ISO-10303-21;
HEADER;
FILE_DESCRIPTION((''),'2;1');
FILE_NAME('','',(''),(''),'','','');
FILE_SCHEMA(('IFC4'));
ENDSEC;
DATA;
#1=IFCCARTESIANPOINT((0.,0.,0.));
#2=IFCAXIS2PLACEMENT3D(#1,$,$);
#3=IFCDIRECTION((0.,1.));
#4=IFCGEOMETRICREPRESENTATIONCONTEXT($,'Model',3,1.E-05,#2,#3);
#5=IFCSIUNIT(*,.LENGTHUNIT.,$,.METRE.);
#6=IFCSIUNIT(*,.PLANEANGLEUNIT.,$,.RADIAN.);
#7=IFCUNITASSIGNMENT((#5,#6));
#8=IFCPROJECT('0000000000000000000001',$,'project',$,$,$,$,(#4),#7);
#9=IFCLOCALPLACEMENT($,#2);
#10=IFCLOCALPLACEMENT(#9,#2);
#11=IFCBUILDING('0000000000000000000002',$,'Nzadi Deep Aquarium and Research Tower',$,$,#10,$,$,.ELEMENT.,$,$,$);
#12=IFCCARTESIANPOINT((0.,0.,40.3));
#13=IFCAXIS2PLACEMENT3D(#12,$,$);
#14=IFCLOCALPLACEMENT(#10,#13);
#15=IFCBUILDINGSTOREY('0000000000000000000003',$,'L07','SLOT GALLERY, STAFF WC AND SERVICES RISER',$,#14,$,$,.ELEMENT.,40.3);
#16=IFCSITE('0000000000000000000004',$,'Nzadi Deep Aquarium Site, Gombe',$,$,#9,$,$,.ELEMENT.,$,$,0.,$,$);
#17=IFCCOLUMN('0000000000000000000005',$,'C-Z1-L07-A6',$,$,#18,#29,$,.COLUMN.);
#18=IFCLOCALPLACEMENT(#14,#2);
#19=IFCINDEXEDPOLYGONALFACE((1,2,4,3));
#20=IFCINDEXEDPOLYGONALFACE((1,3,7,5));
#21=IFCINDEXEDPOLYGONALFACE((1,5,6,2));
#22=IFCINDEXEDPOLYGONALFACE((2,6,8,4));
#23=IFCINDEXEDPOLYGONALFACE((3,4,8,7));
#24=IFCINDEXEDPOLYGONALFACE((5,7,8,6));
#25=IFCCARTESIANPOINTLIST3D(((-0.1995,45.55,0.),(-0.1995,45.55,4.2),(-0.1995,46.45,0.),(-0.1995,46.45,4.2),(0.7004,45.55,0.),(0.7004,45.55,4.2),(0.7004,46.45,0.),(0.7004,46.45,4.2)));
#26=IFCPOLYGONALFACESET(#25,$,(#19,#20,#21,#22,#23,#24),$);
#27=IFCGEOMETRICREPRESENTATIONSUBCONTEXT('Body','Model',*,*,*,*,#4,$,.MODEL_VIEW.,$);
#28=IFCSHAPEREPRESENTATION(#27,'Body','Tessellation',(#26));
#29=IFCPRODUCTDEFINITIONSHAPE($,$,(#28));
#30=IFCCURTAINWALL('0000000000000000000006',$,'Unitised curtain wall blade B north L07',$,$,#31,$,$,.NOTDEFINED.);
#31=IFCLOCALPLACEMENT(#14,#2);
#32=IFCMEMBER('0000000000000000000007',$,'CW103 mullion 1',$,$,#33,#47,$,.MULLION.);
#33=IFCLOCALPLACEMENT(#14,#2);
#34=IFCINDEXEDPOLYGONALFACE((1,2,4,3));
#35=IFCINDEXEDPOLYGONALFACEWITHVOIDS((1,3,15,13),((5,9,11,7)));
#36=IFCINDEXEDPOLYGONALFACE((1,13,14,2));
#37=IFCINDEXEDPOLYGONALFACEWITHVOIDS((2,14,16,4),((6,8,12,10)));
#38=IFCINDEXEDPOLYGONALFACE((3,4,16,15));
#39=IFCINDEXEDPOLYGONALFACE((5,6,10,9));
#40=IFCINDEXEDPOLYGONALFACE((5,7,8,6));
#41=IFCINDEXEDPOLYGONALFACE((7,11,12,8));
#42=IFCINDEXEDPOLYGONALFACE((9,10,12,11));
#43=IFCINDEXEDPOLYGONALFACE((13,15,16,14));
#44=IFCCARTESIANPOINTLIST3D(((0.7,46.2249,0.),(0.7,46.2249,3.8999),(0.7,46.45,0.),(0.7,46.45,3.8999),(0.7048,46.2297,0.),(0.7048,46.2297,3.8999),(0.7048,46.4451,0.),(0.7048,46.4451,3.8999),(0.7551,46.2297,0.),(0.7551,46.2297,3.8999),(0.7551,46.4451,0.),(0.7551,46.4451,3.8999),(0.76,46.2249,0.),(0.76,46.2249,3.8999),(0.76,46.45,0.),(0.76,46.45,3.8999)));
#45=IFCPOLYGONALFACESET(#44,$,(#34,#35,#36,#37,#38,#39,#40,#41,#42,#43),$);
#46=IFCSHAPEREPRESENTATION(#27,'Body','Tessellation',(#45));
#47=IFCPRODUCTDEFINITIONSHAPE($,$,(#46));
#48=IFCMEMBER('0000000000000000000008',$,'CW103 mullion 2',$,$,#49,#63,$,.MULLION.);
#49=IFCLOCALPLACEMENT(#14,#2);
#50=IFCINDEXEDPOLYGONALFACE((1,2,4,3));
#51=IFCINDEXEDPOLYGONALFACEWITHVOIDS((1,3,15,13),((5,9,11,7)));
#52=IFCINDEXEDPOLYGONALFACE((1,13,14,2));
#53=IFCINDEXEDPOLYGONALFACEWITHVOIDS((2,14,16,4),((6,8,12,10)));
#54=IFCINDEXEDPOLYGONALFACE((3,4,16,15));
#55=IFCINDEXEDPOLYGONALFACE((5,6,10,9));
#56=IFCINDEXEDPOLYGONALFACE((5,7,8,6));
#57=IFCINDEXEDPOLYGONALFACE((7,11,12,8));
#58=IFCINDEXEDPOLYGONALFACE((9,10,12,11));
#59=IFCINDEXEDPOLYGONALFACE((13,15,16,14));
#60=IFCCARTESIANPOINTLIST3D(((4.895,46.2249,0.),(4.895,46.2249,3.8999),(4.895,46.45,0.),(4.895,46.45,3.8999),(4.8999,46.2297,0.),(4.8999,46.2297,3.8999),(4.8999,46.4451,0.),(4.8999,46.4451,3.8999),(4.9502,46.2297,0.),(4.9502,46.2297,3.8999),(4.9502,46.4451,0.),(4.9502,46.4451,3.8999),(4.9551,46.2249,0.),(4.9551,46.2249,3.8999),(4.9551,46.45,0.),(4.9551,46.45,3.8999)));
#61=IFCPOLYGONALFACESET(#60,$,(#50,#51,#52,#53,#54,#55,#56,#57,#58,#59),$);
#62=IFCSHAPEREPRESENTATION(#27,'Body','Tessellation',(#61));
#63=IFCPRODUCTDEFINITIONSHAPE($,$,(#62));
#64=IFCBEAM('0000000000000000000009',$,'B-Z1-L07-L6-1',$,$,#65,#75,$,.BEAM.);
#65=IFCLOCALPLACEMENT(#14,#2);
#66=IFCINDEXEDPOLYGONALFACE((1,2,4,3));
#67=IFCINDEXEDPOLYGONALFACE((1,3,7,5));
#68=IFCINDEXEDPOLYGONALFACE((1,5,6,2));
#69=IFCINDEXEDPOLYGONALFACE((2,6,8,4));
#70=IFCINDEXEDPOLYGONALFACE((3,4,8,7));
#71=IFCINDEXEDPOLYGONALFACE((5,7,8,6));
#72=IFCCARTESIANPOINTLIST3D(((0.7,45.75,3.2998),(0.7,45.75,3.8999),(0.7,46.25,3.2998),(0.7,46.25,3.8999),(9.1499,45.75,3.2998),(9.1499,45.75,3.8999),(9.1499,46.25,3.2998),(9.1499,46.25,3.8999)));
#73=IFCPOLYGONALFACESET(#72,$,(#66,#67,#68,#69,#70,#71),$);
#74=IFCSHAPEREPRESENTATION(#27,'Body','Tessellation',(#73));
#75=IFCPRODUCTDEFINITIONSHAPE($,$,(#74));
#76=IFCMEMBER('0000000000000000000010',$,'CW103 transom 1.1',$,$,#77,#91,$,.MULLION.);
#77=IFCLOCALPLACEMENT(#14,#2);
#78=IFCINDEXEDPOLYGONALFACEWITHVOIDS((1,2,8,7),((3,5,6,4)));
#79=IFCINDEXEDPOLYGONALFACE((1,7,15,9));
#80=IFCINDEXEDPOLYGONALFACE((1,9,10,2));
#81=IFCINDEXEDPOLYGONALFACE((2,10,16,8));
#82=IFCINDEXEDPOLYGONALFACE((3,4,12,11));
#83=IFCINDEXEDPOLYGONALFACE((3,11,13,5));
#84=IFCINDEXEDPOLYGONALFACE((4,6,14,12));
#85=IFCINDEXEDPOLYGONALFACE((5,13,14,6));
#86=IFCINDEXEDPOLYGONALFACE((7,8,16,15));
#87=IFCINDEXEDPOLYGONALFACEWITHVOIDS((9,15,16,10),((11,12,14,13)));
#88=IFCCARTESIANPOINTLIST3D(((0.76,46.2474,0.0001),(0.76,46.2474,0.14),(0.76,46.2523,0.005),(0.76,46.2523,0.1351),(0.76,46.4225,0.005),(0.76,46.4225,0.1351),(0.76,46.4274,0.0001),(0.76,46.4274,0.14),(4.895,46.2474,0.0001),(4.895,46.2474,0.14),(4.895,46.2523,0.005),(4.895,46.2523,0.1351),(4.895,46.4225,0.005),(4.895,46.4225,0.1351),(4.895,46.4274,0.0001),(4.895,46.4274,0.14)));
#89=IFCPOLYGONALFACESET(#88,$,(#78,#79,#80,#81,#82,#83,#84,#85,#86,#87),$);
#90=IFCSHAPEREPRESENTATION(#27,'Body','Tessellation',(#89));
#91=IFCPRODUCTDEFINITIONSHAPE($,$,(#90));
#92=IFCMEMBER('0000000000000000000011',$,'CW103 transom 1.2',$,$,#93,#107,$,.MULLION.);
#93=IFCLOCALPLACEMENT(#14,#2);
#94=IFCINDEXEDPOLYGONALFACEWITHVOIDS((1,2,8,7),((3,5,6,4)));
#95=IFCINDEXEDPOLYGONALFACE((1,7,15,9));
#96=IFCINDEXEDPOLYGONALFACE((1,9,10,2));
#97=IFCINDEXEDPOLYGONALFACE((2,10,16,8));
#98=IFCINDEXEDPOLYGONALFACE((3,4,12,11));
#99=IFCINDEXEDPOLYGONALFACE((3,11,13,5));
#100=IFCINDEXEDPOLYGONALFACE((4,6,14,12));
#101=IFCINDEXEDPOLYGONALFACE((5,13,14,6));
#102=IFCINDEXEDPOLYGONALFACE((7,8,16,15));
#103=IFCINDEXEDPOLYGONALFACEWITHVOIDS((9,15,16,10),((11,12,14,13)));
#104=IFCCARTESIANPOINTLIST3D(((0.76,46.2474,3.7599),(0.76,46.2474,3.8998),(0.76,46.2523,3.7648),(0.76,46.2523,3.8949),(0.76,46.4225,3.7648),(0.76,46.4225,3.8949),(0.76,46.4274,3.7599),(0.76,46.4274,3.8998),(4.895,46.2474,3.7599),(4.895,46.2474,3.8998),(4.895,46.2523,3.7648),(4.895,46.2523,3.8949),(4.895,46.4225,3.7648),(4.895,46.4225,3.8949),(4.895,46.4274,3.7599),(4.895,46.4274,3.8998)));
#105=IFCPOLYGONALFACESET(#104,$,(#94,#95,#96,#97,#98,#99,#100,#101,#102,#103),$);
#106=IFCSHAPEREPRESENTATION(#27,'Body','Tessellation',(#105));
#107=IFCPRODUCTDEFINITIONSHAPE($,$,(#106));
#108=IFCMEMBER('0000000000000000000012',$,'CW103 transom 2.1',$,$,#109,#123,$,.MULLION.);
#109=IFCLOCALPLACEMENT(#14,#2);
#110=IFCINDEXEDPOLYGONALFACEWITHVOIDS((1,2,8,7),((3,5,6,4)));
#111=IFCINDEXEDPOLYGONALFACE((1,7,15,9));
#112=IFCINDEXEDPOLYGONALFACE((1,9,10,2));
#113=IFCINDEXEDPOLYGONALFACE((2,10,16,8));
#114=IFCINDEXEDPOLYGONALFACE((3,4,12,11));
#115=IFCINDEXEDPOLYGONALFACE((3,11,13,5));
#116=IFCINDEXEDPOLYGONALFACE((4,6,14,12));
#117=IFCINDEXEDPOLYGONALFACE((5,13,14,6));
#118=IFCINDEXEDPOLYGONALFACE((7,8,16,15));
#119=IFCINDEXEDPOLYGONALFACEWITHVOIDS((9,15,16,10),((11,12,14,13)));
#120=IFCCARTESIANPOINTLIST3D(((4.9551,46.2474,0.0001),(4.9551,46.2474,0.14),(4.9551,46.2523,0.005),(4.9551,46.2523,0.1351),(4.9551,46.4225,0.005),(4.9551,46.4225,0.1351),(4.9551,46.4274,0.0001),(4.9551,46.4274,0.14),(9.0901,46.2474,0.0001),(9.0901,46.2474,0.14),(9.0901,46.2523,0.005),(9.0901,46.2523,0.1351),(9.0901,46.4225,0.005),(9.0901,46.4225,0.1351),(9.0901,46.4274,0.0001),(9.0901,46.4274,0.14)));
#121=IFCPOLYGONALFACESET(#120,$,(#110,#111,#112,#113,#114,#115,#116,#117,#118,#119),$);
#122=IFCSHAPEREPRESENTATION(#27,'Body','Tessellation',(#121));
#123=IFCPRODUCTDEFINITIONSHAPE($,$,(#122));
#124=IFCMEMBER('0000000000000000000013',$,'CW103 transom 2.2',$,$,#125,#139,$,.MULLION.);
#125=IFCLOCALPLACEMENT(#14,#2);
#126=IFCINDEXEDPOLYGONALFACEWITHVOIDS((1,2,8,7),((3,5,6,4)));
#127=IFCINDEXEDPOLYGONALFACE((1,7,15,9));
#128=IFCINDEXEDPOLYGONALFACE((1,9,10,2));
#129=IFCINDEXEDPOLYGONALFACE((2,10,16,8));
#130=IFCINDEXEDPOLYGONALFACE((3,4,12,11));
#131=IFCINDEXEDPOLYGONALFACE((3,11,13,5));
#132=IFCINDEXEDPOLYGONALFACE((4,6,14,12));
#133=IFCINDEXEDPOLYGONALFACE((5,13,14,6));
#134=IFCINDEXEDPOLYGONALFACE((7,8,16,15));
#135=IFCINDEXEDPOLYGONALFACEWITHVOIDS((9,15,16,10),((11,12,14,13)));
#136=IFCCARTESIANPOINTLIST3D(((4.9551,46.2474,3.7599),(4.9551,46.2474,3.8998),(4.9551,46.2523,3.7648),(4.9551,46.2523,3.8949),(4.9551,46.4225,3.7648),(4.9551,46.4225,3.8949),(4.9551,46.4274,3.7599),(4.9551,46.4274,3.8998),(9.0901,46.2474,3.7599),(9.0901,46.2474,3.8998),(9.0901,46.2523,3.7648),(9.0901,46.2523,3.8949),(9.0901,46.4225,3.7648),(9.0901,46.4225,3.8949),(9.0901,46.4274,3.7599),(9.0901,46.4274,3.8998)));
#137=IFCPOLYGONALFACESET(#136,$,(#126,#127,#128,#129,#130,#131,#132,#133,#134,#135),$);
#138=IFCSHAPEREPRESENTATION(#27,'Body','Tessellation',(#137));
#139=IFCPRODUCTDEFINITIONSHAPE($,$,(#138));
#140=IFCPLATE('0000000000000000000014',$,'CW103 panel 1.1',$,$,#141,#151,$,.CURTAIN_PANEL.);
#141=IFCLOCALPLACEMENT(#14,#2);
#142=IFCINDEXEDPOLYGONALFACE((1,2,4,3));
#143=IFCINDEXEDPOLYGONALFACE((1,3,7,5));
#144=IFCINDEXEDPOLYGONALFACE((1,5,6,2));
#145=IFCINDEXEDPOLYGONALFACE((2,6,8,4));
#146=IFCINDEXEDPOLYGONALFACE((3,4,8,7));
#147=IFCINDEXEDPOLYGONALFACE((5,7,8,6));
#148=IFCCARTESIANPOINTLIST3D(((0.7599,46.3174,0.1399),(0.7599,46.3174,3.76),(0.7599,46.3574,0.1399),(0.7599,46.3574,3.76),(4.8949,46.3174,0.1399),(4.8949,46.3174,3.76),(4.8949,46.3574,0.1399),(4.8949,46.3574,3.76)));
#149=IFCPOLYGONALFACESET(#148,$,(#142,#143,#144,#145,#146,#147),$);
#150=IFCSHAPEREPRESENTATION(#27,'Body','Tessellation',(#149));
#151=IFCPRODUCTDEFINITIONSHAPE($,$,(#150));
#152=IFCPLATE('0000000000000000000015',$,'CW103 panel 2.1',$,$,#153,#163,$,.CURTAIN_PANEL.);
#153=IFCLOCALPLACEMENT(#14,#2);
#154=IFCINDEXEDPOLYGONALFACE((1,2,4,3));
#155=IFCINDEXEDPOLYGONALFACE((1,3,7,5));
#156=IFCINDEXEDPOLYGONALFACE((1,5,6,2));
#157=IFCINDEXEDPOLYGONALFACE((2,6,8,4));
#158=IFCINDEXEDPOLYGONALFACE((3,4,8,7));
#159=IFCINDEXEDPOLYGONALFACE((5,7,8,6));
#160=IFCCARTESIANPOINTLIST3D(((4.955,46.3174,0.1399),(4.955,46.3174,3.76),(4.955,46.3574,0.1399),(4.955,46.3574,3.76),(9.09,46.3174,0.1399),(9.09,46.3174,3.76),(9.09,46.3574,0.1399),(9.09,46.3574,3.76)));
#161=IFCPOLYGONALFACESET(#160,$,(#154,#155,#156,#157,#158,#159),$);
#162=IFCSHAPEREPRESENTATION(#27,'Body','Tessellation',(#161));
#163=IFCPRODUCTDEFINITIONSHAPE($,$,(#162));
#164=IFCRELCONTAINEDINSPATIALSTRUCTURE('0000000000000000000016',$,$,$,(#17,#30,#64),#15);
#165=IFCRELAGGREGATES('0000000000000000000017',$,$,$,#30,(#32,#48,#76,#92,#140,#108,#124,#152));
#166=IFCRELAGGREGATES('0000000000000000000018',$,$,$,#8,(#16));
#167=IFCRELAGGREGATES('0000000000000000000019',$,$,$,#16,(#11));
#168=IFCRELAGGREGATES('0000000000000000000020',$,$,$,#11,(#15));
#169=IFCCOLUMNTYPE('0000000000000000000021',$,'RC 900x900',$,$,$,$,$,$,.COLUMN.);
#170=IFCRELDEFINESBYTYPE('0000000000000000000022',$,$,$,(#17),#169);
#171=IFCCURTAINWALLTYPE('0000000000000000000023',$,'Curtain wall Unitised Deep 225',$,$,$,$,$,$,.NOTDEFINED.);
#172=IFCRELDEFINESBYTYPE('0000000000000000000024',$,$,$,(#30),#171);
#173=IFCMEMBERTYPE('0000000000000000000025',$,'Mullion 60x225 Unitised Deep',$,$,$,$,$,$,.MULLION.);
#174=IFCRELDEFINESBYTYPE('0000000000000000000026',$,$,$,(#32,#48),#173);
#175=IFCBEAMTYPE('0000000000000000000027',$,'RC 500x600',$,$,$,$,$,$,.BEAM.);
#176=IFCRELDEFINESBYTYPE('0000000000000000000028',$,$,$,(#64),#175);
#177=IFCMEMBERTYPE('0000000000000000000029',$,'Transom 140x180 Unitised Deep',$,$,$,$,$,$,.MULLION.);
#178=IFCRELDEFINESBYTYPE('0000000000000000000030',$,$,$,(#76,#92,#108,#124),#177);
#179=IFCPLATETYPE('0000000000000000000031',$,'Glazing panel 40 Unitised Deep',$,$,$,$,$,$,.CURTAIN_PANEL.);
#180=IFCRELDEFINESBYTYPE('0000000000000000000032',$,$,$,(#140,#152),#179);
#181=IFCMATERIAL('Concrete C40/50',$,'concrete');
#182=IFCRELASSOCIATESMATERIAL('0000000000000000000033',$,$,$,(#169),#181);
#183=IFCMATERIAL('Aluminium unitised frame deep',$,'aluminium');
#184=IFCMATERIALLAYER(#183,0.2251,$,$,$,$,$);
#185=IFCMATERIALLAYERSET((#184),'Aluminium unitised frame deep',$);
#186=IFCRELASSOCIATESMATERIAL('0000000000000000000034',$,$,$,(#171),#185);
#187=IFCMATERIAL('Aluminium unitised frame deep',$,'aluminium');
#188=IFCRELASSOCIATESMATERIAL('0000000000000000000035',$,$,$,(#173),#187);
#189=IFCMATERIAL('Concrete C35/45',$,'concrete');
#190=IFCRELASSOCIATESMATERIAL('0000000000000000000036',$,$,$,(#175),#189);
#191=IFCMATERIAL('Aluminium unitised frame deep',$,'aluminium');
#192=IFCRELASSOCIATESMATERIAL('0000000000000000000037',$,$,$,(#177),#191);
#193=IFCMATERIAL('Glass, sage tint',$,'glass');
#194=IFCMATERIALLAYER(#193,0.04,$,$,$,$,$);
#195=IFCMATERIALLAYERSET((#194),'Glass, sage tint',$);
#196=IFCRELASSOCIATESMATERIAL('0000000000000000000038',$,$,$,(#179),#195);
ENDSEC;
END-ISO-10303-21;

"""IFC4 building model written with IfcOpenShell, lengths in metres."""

from ifc_helpers import new_model, si_unit, direction, frame, origin, origin_2d, place, context, subcontext, project, spatial, rectangle, hollow_rectangle, extrude, material, layer, layer_set, material_profile, profile_set, type_object, element, aggregate, save


model = new_model("IFC4")

# Units and contexts
model_context = context("Model", 3, precision=1e-05, world=origin(), true_north=direction((0.0, 1.0)))
body_context = subcontext(model_context, "Body", "Model", "MODEL_VIEW")
ifc_project = project(units=[si_unit("LENGTHUNIT", "METRE"), si_unit("PLANEANGLEUNIT", "RADIAN")], contexts=[model_context])

# Site, building, storey
site_placement = place(None, origin())
site = spatial("IfcSite", under=ifc_project, at=site_placement, Name="Nzadi Deep Aquarium Site, Gombe", CompositionType="ELEMENT", RefElevation=0.0)
building_placement = place(site_placement, origin())
building = spatial("IfcBuilding", under=site, at=building_placement, Name="Nzadi Deep Aquarium and Research Tower", CompositionType="ELEMENT")
storey_placement = place(building_placement, frame((0.0, 0.0, 40.3)))
storey = spatial("IfcBuildingStorey", under=building, at=storey_placement, Name="L07", Description="SLOT GALLERY, STAFF WC AND SERVICES RISER", CompositionType="ELEMENT", Elevation=40.3)

# Column
ifc_material_1 = material(Name="Concrete C40/50", Category="concrete")
ifc_material_profile_1 = material_profile(ifc_material_1, rectangle(XDim=0.8999, YDim=0.8999, at=origin_2d()))
ifc_profile_set_1 = profile_set([ifc_material_profile_1], Name="Concrete C40/50")
column_type = type_object("IfcColumnType", Name="RC 900x900", PredefinedType="COLUMN", material=ifc_profile_set_1)
column_placement = place(storey_placement, frame((0.2505, 46.0, 0.0), z_axis=(0.0, 0.0, 1.0), x_axis=(1.0, 0.0, 0.0)))
element("IfcColumn", 1, at=column_placement, inside=storey, type_object=column_type, Name="C-Z1-L07-A6", PredefinedType="COLUMN", context=body_context, shape_type="SweptSolid", body=[
    extrude(rectangle(XDim=0.8999, YDim=0.8999, at=origin_2d()), origin(), (0.0, 0.0, 1.0), 4.2),
])

# Curtain wall, members
ifc_material_2 = material(Name="Aluminium unitised frame deep", Category="aluminium")
ifc_layer_1 = layer(ifc_material_2, 0.2251)
ifc_layer_set_1 = layer_set([ifc_layer_1], Name="Aluminium unitised frame deep")
curtain_wall_type = type_object("IfcCurtainWallType", Name="Curtain wall Unitised Deep 225", PredefinedType="NOTDEFINED", material=ifc_layer_set_1)
curtain_wall_placement = place(storey_placement, origin())
curtain_wall = element("IfcCurtainWall", 2, at=curtain_wall_placement, inside=storey, type_object=curtain_wall_type, Name="Unitised curtain wall blade B north L07", PredefinedType="NOTDEFINED")
ifc_material_3 = material(Name="Aluminium unitised frame deep", Category="aluminium")
ifc_material_profile_2 = material_profile(ifc_material_3, hollow_rectangle(XDim=0.2251, YDim=0.0601, WallThickness=0.0049, at=origin_2d()))
ifc_profile_set_2 = profile_set([ifc_material_profile_2], Name="Aluminium unitised frame deep")
member_type_1 = type_object("IfcMemberType", Name="Mullion 60x225 Unitised Deep", PredefinedType="MULLION", material=ifc_profile_set_2)
member_1_placement = place(storey_placement, frame((0.73, 46.3374, 0.0), z_axis=(0.0, 0.0, 1.0), x_axis=(0.0, 1.0, 0.0)))
member_1 = element("IfcMember", 3, at=member_1_placement, type_object=member_type_1, Name="CW103 mullion 1", PredefinedType="MULLION", context=body_context, shape_type="SweptSolid", body=[
    extrude(hollow_rectangle(XDim=0.2251, YDim=0.0601, WallThickness=0.0049, at=origin_2d()), origin(), (0.0, 0.0, 1.0), 3.8999),
])
member_2_placement = place(storey_placement, frame((4.925, 46.3374, 0.0), z_axis=(0.0, 0.0, 1.0), x_axis=(0.0, 1.0, 0.0)))
member_2 = element("IfcMember", 4, at=member_2_placement, type_object=member_type_1, Name="CW103 mullion 2", PredefinedType="MULLION", context=body_context, shape_type="SweptSolid", body=[
    extrude(hollow_rectangle(XDim=0.2251, YDim=0.0601, WallThickness=0.0049, at=origin_2d()), origin(), (0.0, 0.0, 1.0), 3.8999),
])

# Beam
ifc_material_4 = material(Name="Concrete C35/45", Category="concrete")
ifc_material_profile_3 = material_profile(ifc_material_4, rectangle(XDim=0.5, YDim=0.6001, at=origin_2d()))
ifc_profile_set_3 = profile_set([ifc_material_profile_3], Name="Concrete C35/45")
beam_type = type_object("IfcBeamType", Name="RC 500x600", PredefinedType="BEAM", material=ifc_profile_set_3)
beam_placement = place(storey_placement, frame((0.7, 46.0, 3.5999), z_axis=(1.0, 0.0, 0.0), x_axis=(0.0, 1.0, 0.0)))
element("IfcBeam", 5, at=beam_placement, inside=storey, type_object=beam_type, Name="B-Z1-L07-L6-1", PredefinedType="BEAM", context=body_context, shape_type="SweptSolid", body=[
    extrude(rectangle(XDim=0.5, YDim=0.6001, at=origin_2d()), origin(), (0.0, 0.0, 1.0), 8.45),
])

# Members
ifc_material_5 = material(Name="Aluminium unitised frame deep", Category="aluminium")
ifc_material_profile_4 = material_profile(ifc_material_5, hollow_rectangle(XDim=0.1799, YDim=0.1399, WallThickness=0.0049, at=origin_2d()))
ifc_profile_set_4 = profile_set([ifc_material_profile_4], Name="Aluminium unitised frame deep")
member_type_2 = type_object("IfcMemberType", Name="Transom 140x180 Unitised Deep", PredefinedType="MULLION", material=ifc_profile_set_4)
member_3_placement = place(storey_placement, frame((0.76, 46.3374, 0.0701), z_axis=(1.0, 0.0, 0.0), x_axis=(0.0, 1.0, 0.0)))
member_3 = element("IfcMember", 6, at=member_3_placement, type_object=member_type_2, Name="CW103 transom 1.1", PredefinedType="MULLION", context=body_context, shape_type="SweptSolid", body=[
    extrude(hollow_rectangle(XDim=0.1799, YDim=0.1399, WallThickness=0.0049, at=origin_2d()), origin(), (0.0, 0.0, 1.0), 4.135),
])
member_4_placement = place(storey_placement, frame((0.76, 46.3374, 3.8298), z_axis=(1.0, 0.0, 0.0), x_axis=(0.0, 1.0, 0.0)))
member_4 = element("IfcMember", 7, at=member_4_placement, type_object=member_type_2, Name="CW103 transom 1.2", PredefinedType="MULLION", context=body_context, shape_type="SweptSolid", body=[
    extrude(hollow_rectangle(XDim=0.1799, YDim=0.1399, WallThickness=0.0049, at=origin_2d()), origin(), (0.0, 0.0, 1.0), 4.135),
])
member_5_placement = place(storey_placement, frame((4.9551, 46.3374, 0.0701), z_axis=(1.0, 0.0, 0.0), x_axis=(0.0, 1.0, 0.0)))
member_5 = element("IfcMember", 8, at=member_5_placement, type_object=member_type_2, Name="CW103 transom 2.1", PredefinedType="MULLION", context=body_context, shape_type="SweptSolid", body=[
    extrude(hollow_rectangle(XDim=0.1799, YDim=0.1399, WallThickness=0.0049, at=origin_2d()), origin(), (0.0, 0.0, 1.0), 4.135),
])
member_6_placement = place(storey_placement, frame((4.9551, 46.3374, 3.8298), z_axis=(1.0, 0.0, 0.0), x_axis=(0.0, 1.0, 0.0)))
member_6 = element("IfcMember", 9, at=member_6_placement, type_object=member_type_2, Name="CW103 transom 2.2", PredefinedType="MULLION", context=body_context, shape_type="SweptSolid", body=[
    extrude(hollow_rectangle(XDim=0.1799, YDim=0.1399, WallThickness=0.0049, at=origin_2d()), origin(), (0.0, 0.0, 1.0), 4.135),
])

# Plates
ifc_material_6 = material(Name="Glass, sage tint", Category="glass")
ifc_layer_2 = layer(ifc_material_6, 0.04)
ifc_layer_set_2 = layer_set([ifc_layer_2], Name="Glass, sage tint")
plate_type = type_object("IfcPlateType", Name="Glazing panel 40 Unitised Deep", PredefinedType="CURTAIN_PANEL", material=ifc_layer_set_2)
plate_1_placement = place(storey_placement, frame((2.8274, 46.3374, 0.1399), z_axis=(0.0, 0.0, 1.0), x_axis=(1.0, 0.0, 0.0)))
plate_1 = element("IfcPlate", 10, at=plate_1_placement, type_object=plate_type, Name="CW103 panel 1.1", PredefinedType="CURTAIN_PANEL", context=body_context, shape_type="SweptSolid", body=[
    extrude(rectangle(XDim=4.135, YDim=0.04, at=origin_2d()), origin(), (0.0, 0.0, 1.0), 3.6201),
])
plate_2_placement = place(storey_placement, frame((7.0225, 46.3374, 0.1399), z_axis=(0.0, 0.0, 1.0), x_axis=(1.0, 0.0, 0.0)))
plate_2 = element("IfcPlate", 11, at=plate_2_placement, type_object=plate_type, Name="CW103 panel 2.1", PredefinedType="CURTAIN_PANEL", context=body_context, shape_type="SweptSolid", body=[
    extrude(rectangle(XDim=4.135, YDim=0.04, at=origin_2d()), origin(), (0.0, 0.0, 1.0), 3.6201),
])
aggregate(curtain_wall, [member_1, member_2, member_3, member_4, plate_1, member_5, member_6, plate_2])

save(model, "model.ifc")
